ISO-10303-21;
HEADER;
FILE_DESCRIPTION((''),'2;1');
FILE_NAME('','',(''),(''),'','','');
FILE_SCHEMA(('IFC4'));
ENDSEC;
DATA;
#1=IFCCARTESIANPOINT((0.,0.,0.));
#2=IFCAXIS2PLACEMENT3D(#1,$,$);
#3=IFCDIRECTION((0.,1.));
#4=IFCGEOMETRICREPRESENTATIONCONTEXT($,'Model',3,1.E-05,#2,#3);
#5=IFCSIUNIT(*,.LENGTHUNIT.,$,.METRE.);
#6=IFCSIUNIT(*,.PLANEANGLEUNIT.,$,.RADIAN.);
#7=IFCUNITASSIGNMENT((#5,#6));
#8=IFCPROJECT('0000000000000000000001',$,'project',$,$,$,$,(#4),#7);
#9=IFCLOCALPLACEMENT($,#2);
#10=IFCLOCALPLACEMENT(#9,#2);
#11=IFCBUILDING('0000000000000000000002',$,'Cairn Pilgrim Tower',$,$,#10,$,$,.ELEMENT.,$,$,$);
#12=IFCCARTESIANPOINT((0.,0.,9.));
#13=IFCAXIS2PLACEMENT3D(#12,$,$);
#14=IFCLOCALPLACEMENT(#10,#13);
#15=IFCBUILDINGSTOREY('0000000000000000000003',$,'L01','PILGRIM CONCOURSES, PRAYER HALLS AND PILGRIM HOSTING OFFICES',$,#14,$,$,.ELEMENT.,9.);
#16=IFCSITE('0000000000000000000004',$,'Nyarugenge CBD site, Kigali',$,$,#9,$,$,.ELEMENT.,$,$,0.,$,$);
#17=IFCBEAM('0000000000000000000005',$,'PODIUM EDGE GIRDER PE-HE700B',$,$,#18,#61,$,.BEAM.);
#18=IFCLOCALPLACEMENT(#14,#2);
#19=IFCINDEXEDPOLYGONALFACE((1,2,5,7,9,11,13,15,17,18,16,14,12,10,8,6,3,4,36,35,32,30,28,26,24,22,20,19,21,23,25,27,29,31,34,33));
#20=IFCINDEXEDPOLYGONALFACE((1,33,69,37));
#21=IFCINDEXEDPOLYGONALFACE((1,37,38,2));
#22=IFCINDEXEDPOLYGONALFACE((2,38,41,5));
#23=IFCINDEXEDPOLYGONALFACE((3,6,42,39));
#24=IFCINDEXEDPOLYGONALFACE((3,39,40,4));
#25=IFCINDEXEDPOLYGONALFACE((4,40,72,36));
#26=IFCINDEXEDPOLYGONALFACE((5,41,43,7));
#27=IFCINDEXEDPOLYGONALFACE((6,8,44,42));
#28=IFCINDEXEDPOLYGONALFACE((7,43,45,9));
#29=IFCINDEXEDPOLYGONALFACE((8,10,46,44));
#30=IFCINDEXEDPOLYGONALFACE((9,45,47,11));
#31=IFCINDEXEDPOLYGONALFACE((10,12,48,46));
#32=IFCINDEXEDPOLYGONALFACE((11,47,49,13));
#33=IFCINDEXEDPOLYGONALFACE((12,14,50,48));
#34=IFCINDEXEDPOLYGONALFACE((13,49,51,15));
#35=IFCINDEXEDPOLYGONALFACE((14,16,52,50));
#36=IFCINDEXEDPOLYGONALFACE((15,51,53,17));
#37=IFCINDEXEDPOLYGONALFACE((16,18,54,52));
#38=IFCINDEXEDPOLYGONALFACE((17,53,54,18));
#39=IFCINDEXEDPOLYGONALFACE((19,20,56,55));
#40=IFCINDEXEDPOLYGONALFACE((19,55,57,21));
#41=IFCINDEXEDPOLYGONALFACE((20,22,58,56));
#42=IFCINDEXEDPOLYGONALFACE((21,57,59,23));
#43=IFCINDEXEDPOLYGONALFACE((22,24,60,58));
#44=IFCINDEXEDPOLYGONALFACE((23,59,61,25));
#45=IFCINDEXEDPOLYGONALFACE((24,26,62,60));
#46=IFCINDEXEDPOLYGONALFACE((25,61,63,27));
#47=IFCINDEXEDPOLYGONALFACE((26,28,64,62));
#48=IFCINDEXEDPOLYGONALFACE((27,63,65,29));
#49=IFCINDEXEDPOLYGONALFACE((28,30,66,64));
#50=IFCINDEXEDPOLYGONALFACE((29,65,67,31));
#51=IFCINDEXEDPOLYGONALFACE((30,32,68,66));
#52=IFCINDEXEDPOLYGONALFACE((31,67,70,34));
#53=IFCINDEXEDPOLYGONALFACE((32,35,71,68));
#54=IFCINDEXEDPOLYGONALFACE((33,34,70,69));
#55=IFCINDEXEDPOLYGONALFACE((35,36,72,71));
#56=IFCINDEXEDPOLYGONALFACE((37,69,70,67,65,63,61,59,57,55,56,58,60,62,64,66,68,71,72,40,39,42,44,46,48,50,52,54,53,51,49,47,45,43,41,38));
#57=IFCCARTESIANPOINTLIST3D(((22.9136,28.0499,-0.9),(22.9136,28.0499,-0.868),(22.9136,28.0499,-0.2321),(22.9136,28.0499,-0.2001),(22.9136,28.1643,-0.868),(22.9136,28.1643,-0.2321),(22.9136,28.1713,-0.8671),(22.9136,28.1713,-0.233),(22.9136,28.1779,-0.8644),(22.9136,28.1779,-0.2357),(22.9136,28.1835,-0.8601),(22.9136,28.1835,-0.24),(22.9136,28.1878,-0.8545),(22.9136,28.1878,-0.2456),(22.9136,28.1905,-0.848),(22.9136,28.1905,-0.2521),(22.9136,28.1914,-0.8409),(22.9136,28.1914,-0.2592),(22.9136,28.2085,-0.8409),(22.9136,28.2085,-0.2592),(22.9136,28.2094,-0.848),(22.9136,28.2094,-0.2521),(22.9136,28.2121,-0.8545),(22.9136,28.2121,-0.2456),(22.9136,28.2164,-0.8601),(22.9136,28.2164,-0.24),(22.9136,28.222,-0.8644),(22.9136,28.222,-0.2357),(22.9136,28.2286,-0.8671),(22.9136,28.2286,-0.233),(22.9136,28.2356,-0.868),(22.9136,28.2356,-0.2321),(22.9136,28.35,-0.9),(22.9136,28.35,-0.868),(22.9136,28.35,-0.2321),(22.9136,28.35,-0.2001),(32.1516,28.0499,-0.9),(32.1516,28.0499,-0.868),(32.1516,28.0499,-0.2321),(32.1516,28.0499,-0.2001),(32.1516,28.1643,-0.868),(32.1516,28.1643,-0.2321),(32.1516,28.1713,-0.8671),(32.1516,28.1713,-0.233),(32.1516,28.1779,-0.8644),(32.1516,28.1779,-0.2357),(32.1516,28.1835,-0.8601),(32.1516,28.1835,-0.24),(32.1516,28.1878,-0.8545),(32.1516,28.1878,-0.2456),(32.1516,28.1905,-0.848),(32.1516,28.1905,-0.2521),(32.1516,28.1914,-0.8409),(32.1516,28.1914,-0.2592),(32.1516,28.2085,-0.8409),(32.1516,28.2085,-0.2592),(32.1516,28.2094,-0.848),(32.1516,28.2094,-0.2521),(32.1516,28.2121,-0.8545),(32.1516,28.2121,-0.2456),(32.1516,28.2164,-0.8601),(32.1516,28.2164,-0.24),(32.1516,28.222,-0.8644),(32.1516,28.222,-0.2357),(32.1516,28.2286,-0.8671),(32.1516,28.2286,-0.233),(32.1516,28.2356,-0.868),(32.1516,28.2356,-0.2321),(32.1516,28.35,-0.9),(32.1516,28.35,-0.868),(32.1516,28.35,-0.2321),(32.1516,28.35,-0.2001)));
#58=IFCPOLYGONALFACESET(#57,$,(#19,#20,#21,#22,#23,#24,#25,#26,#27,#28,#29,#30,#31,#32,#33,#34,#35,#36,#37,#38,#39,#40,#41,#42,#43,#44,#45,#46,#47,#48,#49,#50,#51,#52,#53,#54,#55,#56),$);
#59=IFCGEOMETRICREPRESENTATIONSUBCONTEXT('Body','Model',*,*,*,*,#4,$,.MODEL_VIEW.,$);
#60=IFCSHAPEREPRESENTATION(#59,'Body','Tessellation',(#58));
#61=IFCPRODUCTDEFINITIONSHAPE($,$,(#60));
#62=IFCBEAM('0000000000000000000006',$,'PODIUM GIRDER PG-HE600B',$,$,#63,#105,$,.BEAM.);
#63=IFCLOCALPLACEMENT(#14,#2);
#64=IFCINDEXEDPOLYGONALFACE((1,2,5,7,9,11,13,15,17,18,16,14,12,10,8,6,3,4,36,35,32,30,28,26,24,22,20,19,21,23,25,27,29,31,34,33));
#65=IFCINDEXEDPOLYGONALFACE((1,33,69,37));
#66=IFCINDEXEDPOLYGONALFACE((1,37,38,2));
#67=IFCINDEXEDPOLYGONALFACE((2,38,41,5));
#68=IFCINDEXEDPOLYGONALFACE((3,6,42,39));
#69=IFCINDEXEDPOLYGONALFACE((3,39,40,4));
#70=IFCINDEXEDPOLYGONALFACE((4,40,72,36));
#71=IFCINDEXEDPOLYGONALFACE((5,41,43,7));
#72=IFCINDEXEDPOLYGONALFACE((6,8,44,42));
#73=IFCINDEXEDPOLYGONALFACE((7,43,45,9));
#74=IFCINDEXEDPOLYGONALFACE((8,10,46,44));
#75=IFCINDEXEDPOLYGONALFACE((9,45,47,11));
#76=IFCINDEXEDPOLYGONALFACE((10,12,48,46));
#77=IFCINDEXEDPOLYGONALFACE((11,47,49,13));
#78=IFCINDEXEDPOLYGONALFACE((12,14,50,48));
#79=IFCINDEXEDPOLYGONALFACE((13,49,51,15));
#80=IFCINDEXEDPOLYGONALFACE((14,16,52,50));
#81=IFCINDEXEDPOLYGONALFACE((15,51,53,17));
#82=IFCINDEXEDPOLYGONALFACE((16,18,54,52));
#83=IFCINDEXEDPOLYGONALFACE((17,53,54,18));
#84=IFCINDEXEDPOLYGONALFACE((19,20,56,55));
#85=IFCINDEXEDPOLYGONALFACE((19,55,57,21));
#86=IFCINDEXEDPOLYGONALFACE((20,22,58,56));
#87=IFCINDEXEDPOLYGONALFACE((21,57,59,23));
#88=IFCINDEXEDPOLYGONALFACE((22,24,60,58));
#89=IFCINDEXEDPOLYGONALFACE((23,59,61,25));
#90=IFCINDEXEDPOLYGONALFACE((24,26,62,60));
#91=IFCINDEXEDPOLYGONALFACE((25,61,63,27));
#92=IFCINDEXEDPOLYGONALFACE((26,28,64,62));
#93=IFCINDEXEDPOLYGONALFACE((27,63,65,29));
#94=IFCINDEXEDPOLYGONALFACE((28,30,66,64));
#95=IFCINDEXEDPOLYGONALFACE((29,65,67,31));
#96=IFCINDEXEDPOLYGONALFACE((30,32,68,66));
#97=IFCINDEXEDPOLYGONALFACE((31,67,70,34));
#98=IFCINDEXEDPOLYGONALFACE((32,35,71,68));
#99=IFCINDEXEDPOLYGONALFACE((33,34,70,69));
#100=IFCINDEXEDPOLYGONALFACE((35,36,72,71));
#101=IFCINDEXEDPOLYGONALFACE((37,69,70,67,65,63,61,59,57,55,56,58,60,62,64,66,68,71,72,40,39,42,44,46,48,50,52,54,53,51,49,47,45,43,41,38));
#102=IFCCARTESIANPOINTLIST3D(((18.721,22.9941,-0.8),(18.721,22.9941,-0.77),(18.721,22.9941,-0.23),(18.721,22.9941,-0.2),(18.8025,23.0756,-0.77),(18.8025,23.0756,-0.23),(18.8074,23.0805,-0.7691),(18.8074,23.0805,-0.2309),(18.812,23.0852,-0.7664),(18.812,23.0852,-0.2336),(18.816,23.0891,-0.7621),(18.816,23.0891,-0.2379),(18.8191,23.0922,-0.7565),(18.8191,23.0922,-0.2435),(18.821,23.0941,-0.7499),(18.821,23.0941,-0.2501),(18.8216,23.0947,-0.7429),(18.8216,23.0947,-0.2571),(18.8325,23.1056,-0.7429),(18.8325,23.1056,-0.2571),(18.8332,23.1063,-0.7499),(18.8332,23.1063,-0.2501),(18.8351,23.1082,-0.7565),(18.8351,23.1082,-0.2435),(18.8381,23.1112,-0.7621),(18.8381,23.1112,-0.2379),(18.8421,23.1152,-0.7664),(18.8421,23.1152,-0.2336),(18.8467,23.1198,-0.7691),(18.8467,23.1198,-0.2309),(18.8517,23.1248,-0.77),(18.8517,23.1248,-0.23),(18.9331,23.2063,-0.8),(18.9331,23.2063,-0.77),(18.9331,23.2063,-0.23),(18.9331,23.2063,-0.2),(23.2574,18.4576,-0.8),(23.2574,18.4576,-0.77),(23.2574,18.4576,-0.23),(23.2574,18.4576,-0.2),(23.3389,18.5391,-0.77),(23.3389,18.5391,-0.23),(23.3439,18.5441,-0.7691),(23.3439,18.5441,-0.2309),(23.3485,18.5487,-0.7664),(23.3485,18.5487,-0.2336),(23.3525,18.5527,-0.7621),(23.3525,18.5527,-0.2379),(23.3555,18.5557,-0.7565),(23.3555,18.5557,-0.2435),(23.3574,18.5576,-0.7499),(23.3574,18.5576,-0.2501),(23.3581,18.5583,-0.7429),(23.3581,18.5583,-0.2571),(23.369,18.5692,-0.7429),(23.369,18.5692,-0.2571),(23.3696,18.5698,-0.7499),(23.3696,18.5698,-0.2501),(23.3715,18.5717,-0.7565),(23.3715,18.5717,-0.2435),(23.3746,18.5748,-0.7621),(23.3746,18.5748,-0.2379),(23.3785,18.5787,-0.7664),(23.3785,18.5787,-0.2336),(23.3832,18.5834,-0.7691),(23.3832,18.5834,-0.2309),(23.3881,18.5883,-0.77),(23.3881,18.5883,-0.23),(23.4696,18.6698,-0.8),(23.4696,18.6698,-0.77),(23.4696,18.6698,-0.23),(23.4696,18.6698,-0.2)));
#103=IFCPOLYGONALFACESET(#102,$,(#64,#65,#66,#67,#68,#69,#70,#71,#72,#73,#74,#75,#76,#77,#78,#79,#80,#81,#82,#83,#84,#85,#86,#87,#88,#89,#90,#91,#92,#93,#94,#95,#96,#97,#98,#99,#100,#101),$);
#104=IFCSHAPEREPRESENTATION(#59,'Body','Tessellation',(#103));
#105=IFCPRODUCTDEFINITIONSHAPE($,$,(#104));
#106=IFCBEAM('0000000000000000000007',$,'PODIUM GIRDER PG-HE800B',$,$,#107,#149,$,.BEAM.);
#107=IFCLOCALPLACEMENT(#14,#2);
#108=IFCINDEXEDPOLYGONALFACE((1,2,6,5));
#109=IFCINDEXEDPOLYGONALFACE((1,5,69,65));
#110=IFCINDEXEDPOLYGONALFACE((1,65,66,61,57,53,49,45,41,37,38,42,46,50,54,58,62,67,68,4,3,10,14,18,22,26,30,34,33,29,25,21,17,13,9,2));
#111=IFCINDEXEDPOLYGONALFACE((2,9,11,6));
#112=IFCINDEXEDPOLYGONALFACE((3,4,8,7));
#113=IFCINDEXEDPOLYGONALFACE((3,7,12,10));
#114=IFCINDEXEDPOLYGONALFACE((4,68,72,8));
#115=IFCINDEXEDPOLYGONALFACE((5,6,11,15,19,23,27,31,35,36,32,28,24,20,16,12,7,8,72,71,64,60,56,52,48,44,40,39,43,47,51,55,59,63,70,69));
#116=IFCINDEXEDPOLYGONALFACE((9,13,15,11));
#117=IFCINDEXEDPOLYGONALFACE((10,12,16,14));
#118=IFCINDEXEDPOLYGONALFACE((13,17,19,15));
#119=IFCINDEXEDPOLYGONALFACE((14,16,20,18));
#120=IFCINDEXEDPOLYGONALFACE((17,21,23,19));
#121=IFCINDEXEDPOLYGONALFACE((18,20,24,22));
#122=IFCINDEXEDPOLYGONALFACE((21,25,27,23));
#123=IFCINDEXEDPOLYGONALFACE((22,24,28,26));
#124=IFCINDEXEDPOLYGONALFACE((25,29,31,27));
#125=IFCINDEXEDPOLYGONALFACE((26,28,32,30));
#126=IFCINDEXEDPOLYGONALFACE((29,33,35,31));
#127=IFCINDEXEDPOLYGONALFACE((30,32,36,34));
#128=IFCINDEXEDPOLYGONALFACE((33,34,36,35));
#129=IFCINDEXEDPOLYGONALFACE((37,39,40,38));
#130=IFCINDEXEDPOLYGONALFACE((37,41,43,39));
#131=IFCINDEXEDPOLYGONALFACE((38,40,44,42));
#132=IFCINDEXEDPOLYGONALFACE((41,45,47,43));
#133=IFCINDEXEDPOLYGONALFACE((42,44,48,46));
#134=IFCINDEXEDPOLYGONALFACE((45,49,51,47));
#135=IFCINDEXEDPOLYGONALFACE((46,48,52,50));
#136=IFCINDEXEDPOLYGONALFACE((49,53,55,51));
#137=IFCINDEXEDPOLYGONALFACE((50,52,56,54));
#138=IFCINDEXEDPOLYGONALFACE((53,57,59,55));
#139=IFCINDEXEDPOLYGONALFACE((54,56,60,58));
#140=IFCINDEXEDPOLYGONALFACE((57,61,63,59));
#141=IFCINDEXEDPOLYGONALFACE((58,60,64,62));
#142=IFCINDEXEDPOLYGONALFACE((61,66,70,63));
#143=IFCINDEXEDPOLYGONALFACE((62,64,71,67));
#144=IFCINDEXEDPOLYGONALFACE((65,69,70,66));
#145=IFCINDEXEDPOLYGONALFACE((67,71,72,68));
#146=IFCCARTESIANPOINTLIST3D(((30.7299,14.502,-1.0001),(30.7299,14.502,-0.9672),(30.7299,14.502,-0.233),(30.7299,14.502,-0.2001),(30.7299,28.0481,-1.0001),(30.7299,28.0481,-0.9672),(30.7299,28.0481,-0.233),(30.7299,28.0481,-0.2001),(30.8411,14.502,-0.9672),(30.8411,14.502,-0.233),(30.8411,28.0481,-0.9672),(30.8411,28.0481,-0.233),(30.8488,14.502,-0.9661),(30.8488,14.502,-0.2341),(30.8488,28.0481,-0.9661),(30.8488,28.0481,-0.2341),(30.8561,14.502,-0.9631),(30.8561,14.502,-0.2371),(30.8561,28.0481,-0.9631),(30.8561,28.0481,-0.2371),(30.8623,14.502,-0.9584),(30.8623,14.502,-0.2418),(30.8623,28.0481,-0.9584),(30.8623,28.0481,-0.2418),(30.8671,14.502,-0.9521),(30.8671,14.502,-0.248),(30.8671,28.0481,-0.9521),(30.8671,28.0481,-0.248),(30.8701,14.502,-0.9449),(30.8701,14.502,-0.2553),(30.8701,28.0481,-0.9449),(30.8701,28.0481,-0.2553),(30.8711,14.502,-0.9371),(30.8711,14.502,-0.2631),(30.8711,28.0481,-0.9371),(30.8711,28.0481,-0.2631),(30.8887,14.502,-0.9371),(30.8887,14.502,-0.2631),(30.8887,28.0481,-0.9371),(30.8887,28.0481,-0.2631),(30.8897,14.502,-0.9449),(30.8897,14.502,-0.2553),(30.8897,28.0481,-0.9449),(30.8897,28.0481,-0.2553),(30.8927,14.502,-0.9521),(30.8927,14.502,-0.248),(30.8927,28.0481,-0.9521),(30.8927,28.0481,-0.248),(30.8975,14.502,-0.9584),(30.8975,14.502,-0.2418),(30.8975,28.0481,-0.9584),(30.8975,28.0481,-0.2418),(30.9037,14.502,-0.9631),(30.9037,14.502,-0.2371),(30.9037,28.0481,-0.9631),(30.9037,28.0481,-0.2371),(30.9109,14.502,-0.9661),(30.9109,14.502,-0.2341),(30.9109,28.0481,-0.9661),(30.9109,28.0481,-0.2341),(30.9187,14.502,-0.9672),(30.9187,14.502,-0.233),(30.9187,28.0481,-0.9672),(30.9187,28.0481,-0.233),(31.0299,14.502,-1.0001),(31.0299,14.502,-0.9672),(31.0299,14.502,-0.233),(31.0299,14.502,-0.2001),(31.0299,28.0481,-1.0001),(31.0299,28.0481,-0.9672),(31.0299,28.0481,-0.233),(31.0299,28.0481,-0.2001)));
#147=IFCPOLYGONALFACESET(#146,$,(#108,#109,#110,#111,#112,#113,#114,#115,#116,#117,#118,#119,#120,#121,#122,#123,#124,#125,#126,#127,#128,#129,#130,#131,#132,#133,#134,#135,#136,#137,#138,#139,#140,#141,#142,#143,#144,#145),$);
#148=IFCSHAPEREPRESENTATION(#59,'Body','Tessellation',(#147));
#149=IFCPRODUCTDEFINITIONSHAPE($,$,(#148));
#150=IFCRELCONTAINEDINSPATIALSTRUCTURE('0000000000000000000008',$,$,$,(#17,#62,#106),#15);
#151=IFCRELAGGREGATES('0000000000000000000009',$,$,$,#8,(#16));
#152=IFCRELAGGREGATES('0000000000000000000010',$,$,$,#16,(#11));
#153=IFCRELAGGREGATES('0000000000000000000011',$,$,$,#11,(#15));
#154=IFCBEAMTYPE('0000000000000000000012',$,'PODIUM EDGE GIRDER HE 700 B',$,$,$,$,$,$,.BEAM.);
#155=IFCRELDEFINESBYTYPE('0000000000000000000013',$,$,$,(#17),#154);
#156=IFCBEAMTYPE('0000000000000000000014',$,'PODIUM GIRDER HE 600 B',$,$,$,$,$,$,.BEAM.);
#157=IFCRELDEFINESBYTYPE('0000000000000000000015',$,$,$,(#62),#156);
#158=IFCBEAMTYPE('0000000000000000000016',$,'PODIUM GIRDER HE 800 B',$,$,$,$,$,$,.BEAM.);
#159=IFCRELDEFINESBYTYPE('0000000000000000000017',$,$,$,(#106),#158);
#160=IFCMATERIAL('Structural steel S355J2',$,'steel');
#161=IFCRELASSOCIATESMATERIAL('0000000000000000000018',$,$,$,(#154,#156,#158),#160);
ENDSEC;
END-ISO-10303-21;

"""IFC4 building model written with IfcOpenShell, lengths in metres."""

from ifc_helpers import new_model, si_unit, direction, frame, origin, origin_2d, place, context, subcontext, project, spatial, i_section, extrude, material, material_profile, profile_set, type_object, element, save


model = new_model("IFC4")

# Units and contexts
model_context = context("Model", 3, precision=1e-05, world=origin(), true_north=direction((0.0, 1.0)))
body_context = subcontext(model_context, "Body", "Model", "MODEL_VIEW")
ifc_project = project(units=[si_unit("LENGTHUNIT", "METRE"), si_unit("PLANEANGLEUNIT", "RADIAN")], contexts=[model_context])

# Site, building, storey
site_placement = place(None, origin())
site = spatial("IfcSite", under=ifc_project, at=site_placement, Name="Nyarugenge CBD site, Kigali", CompositionType="ELEMENT", RefElevation=0.0)
building_placement = place(site_placement, origin())
building = spatial("IfcBuilding", under=site, at=building_placement, Name="Cairn Pilgrim Tower", CompositionType="ELEMENT")
storey_placement = place(building_placement, frame((0.0, 0.0, 9.0)))
storey = spatial("IfcBuildingStorey", under=building, at=storey_placement, Name="L01", Description="PILGRIM CONCOURSES, PRAYER HALLS AND PILGRIM HOSTING OFFICES", CompositionType="ELEMENT", Elevation=9.0)

# Shared definitions
ifc_material_1 = material(Name="Structural steel S355J2", Category="steel")

# Beams
ifc_material_profile_1 = material_profile(ifc_material_1, i_section(OverallWidth=0.3, OverallDepth=0.7, WebThickness=0.0171, FlangeThickness=0.032, FilletRadius=0.0271, at=origin_2d()), Name="HEB 700")
ifc_profile_set_1 = profile_set([ifc_material_profile_1], Name="Structural steel S355J2")
beam_type_1 = type_object("IfcBeamType", Name="PODIUM EDGE GIRDER HE 700 B", PredefinedType="BEAM", material=ifc_profile_set_1)
beam_1_placement = place(storey_placement, frame((32.1516, 28.2, -0.55), z_axis=(-1.0, 0.0, 0.0), x_axis=(0.0, -1.0, 0.0)))
element("IfcBeam", 1, at=beam_1_placement, inside=storey, type_object=beam_type_1, Name="PODIUM EDGE GIRDER PE-HE700B", PredefinedType="BEAM", context=body_context, shape_type="SweptSolid", body=[
    extrude(i_section(OverallWidth=0.3, OverallDepth=0.7, WebThickness=0.0171, FlangeThickness=0.032, FilletRadius=0.0271, at=origin_2d()), origin(), (0.0, 0.0, 1.0), 9.238),
])
ifc_material_profile_2 = material_profile(ifc_material_1, i_section(OverallWidth=0.3, OverallDepth=0.6001, WebThickness=0.0154, FlangeThickness=0.03, FilletRadius=0.0271, at=origin_2d()), Name="HEB 600")
ifc_profile_set_2 = profile_set([ifc_material_profile_2], Name="Structural steel S355J2")
beam_type_2 = type_object("IfcBeamType", Name="PODIUM GIRDER HE 600 B", PredefinedType="BEAM", material=ifc_profile_set_2)
beam_2_placement = place(storey_placement, frame((23.3635, 18.5637, -0.5), z_axis=(-0.707107, 0.707107, 0.0), x_axis=(-0.707107, -0.707107, 0.0)))
element("IfcBeam", 2, at=beam_2_placement, inside=storey, type_object=beam_type_2, Name="PODIUM GIRDER PG-HE600B", PredefinedType="BEAM", context=body_context, shape_type="SweptSolid", body=[
    extrude(i_section(OverallWidth=0.3, OverallDepth=0.6001, WebThickness=0.0154, FlangeThickness=0.03, FilletRadius=0.0271, at=origin_2d()), origin(), (0.0, 0.0, 1.0), 6.4155),
])
ifc_material_profile_3 = material_profile(ifc_material_1, i_section(OverallWidth=0.3, OverallDepth=0.8, WebThickness=0.0176, FlangeThickness=0.033, FilletRadius=0.03, at=origin_2d()), Name="HEB 800")
ifc_profile_set_3 = profile_set([ifc_material_profile_3], Name="Structural steel S355J2")
beam_type_3 = type_object("IfcBeamType", Name="PODIUM GIRDER HE 800 B", PredefinedType="BEAM", material=ifc_profile_set_3)
beam_3_placement = place(storey_placement, frame((30.8799, 14.502, -0.6001), z_axis=(0.0, 1.0, 0.0), x_axis=(-1.0, 0.0, 0.0)))
element("IfcBeam", 3, at=beam_3_placement, inside=storey, type_object=beam_type_3, Name="PODIUM GIRDER PG-HE800B", PredefinedType="BEAM", context=body_context, shape_type="SweptSolid", body=[
    extrude(i_section(OverallWidth=0.3, OverallDepth=0.8, WebThickness=0.0176, FlangeThickness=0.033, FilletRadius=0.03, at=origin_2d()), origin(), (0.0, 0.0, 1.0), 13.5461),
])

save(model, "model.ifc")
